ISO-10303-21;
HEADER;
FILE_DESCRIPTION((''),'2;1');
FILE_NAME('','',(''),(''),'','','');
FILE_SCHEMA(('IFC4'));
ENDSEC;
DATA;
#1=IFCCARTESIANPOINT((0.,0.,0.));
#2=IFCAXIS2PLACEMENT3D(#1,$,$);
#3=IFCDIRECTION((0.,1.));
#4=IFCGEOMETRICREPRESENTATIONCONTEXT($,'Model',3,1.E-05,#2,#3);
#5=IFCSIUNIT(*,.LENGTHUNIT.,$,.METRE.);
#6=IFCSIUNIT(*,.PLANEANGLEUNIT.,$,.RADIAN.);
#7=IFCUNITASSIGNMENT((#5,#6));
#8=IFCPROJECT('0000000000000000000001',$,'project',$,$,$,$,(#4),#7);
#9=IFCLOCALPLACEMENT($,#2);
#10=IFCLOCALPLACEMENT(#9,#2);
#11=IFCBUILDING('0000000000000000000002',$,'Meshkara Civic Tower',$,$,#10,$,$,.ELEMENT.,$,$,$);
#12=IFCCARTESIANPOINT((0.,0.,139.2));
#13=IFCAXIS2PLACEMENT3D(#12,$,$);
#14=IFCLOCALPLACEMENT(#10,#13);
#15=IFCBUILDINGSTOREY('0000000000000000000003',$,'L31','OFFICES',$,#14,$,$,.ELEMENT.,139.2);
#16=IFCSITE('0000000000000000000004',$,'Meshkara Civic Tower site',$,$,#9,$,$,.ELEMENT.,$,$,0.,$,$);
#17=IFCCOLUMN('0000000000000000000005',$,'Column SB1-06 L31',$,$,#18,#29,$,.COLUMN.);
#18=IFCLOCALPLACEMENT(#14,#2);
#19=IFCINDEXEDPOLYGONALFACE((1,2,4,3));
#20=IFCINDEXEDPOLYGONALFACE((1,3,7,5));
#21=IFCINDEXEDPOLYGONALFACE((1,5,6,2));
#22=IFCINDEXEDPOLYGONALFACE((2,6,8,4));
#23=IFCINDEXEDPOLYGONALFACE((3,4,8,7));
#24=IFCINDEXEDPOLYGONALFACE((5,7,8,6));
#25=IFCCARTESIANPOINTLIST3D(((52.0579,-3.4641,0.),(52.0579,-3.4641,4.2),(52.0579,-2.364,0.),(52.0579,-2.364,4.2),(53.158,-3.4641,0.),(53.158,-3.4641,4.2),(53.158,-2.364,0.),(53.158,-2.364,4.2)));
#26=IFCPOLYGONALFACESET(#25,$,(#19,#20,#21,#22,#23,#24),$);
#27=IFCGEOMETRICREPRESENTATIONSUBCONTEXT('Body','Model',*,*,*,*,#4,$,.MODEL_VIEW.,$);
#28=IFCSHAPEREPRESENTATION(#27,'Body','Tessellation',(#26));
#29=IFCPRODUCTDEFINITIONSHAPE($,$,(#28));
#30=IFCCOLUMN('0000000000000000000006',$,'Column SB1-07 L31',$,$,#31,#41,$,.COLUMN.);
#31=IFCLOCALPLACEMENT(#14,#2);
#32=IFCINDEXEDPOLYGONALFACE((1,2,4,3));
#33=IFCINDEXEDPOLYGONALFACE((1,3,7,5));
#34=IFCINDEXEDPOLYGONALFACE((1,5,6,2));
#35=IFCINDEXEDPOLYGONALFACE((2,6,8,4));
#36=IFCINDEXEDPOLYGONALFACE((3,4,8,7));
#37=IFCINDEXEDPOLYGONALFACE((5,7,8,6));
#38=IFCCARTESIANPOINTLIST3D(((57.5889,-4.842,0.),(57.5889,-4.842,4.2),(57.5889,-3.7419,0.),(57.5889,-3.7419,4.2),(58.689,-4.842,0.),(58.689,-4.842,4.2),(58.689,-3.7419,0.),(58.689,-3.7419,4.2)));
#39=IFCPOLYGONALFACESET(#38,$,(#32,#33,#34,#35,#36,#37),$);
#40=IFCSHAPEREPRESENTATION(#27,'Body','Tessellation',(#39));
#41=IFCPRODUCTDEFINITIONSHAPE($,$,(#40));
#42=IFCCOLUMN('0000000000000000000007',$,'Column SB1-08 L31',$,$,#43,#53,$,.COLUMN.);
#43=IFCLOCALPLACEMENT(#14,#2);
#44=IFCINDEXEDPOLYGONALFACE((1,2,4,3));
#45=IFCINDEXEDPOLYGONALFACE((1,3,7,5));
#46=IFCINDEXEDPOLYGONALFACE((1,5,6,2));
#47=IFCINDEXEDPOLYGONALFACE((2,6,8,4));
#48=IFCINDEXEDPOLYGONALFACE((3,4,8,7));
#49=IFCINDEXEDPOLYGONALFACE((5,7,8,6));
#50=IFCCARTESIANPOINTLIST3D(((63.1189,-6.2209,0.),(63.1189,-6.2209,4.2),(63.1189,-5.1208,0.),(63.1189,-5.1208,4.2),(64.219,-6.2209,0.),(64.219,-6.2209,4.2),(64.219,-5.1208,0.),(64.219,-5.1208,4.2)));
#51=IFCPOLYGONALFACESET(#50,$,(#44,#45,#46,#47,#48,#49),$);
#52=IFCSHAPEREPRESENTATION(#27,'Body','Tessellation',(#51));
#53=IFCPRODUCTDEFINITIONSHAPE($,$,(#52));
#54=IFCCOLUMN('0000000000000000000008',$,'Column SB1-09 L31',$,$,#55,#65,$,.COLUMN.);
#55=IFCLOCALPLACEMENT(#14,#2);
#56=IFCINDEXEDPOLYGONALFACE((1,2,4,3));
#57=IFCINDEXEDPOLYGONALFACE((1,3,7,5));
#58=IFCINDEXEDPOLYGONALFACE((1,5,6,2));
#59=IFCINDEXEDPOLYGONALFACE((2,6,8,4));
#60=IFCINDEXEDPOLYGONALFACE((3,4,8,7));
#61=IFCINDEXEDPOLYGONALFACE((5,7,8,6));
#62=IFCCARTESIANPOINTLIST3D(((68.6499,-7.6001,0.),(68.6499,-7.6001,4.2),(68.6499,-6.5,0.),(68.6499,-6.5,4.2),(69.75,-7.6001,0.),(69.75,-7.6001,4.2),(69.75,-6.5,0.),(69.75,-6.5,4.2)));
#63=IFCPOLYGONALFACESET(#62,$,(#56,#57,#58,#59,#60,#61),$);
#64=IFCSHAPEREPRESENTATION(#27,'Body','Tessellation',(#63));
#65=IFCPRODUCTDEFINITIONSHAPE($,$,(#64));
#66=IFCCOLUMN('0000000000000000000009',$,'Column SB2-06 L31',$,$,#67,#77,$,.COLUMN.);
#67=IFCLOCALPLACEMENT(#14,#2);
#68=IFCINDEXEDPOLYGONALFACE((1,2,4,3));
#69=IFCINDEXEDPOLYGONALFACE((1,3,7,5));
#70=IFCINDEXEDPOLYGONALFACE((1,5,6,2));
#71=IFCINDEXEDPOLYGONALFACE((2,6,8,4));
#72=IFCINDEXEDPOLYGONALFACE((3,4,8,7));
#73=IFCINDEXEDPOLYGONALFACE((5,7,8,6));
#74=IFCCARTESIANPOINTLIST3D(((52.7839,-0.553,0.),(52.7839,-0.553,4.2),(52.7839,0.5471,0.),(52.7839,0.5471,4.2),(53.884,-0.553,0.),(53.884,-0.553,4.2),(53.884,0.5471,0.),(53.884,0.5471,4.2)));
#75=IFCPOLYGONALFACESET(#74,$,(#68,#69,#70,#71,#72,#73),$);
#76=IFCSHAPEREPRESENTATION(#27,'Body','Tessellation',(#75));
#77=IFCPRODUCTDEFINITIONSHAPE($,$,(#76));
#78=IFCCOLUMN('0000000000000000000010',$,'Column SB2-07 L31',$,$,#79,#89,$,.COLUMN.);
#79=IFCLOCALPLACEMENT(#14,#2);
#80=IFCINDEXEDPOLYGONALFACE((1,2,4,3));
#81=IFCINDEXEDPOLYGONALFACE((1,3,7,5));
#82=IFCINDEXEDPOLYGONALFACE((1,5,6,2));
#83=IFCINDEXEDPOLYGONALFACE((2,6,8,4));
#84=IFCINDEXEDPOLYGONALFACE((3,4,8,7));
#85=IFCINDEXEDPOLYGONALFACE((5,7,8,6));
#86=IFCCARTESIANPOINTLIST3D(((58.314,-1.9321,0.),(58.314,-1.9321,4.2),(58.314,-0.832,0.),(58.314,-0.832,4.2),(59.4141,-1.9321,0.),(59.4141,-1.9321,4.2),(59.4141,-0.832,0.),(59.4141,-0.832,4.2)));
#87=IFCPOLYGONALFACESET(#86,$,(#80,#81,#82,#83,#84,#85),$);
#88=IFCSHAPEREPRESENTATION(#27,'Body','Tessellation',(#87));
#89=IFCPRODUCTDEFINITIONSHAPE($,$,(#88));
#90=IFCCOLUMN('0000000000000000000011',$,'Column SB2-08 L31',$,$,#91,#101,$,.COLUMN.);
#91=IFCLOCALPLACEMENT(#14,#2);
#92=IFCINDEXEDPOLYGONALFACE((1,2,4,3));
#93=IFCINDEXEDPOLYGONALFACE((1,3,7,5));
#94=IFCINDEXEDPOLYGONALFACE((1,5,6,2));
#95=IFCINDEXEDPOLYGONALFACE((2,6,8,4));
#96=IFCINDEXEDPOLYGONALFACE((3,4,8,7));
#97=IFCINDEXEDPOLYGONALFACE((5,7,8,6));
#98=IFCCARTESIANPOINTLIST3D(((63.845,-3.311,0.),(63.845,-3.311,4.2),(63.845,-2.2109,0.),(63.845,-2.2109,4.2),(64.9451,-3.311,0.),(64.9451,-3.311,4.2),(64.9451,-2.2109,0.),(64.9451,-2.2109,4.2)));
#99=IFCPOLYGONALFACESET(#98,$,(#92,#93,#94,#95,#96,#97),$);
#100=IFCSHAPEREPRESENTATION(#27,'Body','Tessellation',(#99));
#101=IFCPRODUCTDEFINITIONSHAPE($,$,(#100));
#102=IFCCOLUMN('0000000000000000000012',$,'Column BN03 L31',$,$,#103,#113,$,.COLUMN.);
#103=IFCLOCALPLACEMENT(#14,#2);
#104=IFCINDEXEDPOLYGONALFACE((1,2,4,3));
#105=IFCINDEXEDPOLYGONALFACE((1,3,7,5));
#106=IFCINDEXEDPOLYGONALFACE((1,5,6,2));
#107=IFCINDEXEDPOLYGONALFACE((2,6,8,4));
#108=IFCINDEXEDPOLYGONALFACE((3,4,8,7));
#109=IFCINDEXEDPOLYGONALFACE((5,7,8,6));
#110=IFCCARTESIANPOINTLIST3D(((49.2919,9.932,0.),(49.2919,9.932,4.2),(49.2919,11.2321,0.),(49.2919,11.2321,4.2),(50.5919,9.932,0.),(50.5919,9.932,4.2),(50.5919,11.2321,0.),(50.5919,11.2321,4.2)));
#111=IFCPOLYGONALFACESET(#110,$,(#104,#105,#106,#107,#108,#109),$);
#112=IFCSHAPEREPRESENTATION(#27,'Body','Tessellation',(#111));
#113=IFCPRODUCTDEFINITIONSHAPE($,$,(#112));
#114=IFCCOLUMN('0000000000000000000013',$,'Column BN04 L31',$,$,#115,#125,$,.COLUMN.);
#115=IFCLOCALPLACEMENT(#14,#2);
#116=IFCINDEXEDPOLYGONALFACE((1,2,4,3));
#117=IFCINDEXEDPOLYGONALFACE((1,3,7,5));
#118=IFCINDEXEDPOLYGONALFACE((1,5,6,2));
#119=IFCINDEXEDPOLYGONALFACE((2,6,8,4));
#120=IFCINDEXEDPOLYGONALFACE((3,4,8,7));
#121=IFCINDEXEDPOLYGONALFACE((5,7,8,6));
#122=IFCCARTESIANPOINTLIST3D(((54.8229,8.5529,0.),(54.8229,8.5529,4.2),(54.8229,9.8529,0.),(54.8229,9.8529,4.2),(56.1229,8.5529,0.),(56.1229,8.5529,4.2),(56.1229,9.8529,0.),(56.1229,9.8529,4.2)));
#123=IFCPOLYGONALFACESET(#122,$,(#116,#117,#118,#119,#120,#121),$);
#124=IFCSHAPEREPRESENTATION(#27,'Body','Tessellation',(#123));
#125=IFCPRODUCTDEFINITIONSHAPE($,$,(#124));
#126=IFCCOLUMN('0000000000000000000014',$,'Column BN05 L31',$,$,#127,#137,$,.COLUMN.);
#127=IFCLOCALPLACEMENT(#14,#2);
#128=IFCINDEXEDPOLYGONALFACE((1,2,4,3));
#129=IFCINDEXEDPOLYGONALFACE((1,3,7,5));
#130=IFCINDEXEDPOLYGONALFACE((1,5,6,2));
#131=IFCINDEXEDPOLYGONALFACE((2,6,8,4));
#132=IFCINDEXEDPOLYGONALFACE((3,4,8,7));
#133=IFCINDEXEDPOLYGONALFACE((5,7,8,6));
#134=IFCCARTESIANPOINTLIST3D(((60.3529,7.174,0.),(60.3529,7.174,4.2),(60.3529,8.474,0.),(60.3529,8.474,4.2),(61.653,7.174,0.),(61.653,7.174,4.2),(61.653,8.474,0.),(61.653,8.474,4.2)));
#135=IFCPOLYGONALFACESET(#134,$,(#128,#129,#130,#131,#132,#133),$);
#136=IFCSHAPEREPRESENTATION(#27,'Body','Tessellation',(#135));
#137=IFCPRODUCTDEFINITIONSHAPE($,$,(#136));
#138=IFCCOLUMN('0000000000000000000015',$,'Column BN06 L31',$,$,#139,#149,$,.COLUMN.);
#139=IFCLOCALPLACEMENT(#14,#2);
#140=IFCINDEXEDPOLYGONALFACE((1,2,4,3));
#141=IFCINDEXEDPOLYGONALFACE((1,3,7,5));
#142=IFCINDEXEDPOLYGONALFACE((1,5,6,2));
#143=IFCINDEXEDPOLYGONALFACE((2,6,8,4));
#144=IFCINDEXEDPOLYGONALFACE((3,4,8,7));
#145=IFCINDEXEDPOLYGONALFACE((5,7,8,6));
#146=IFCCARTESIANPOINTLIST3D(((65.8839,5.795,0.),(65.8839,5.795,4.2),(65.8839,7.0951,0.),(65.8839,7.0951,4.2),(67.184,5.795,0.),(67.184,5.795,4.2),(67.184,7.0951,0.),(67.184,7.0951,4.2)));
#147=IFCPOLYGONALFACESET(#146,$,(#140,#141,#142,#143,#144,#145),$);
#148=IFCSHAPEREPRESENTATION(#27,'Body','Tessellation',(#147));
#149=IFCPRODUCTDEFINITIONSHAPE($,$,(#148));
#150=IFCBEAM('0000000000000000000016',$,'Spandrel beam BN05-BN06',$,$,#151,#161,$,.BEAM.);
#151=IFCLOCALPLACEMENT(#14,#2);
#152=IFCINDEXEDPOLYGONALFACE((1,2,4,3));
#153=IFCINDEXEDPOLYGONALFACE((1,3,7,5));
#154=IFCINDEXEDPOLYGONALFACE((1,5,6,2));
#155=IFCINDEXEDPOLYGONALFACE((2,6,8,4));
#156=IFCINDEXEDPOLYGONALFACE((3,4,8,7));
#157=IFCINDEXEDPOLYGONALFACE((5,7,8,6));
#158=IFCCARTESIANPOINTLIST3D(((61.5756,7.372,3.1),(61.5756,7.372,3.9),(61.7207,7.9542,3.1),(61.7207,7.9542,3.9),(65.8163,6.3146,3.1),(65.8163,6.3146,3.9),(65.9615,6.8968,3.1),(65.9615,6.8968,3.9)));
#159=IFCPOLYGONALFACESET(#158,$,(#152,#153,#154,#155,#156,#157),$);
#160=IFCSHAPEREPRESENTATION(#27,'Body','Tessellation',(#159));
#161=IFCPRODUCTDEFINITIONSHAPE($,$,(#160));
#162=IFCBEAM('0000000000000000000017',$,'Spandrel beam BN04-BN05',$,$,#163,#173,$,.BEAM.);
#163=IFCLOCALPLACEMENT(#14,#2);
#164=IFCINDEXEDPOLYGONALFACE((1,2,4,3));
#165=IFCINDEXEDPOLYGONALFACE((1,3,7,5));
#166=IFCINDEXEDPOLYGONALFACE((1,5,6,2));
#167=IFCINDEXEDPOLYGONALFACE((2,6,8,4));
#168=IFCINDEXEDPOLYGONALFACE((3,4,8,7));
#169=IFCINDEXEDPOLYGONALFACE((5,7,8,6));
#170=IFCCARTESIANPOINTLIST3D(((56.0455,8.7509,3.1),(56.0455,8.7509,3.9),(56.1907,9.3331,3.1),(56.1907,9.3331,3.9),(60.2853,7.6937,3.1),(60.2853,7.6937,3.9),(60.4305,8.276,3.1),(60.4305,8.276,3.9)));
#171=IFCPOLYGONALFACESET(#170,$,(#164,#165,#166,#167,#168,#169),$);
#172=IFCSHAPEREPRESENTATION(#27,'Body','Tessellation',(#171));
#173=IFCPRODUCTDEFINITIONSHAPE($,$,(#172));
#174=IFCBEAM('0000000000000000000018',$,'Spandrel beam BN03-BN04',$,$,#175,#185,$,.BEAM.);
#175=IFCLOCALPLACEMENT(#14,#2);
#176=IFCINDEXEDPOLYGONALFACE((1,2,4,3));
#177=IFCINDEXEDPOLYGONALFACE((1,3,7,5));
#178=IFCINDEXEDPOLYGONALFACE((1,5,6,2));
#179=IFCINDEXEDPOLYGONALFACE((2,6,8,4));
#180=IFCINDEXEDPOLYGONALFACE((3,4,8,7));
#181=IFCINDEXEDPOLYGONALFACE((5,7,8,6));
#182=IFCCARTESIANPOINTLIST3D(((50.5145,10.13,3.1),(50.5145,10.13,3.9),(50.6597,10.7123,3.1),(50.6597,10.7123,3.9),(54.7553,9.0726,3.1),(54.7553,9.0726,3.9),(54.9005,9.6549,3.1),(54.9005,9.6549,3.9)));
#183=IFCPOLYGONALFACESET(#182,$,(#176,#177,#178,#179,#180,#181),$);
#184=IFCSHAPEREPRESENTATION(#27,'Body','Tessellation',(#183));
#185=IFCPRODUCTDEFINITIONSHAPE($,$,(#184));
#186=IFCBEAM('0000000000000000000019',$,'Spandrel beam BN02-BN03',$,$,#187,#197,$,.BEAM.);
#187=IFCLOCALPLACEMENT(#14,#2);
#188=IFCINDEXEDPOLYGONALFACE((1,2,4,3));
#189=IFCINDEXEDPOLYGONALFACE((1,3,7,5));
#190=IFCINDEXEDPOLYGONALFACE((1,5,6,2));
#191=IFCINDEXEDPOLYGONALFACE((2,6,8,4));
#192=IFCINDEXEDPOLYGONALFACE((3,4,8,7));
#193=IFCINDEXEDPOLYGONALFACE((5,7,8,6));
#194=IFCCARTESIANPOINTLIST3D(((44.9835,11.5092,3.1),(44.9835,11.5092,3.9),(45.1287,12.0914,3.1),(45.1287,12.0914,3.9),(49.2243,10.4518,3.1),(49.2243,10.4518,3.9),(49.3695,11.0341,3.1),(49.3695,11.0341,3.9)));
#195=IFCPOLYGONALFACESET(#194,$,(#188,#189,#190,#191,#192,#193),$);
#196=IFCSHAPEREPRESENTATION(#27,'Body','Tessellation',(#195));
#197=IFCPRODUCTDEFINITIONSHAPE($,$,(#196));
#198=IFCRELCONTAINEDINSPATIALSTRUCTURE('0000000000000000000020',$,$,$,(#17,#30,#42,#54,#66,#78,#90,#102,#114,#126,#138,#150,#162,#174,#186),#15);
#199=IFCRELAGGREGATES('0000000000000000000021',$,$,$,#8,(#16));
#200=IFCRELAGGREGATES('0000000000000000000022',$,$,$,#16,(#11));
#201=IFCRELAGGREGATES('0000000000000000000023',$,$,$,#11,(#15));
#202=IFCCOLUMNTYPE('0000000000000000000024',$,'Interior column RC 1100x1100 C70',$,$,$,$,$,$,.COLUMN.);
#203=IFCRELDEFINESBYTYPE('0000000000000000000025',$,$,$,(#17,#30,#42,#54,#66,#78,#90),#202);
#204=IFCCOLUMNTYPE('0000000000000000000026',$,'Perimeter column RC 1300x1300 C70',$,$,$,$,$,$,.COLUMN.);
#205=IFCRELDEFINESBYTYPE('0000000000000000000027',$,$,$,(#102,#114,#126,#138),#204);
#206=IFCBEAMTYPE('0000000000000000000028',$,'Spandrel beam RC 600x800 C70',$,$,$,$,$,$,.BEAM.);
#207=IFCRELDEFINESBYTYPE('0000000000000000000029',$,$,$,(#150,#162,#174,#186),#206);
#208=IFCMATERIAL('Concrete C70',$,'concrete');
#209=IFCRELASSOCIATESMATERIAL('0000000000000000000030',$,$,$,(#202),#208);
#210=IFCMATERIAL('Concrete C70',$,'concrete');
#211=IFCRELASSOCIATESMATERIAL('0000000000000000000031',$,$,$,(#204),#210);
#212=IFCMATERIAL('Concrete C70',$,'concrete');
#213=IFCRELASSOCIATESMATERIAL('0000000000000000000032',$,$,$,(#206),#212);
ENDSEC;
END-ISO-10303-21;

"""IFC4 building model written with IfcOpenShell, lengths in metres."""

from ifc_helpers import new_model, si_unit, direction, frame, origin, origin_2d, place, context, subcontext, project, spatial, rectangle, extrude, material, material_profile, profile_set, type_object, element, save


model = new_model("IFC4")

# Units and contexts
model_context = context("Model", 3, precision=1e-05, world=origin(), true_north=direction((0.0, 1.0)))
body_context = subcontext(model_context, "Body", "Model", "MODEL_VIEW")
ifc_project = project(units=[si_unit("LENGTHUNIT", "METRE"), si_unit("PLANEANGLEUNIT", "RADIAN")], contexts=[model_context])

# Site, building, storey
site_placement = place(None, origin())
site = spatial("IfcSite", under=ifc_project, at=site_placement, Name="Meshkara Civic Tower site", CompositionType="ELEMENT", RefElevation=0.0)
building_placement = place(site_placement, origin())
building = spatial("IfcBuilding", under=site, at=building_placement, Name="Meshkara Civic Tower", CompositionType="ELEMENT")
storey_placement = place(building_placement, frame((0.0, 0.0, 139.2)))
storey = spatial("IfcBuildingStorey", under=building, at=storey_placement, Name="L31", Description="OFFICES", CompositionType="ELEMENT", Elevation=139.2)

# Columns
ifc_material_1 = material(Name="Concrete C70", Category="concrete")
ifc_material_profile_1 = material_profile(ifc_material_1, rectangle(XDim=1.1001, YDim=1.1001, at=origin_2d()))
ifc_profile_set_1 = profile_set([ifc_material_profile_1], Name="Concrete C70")
column_type_1 = type_object("IfcColumnType", Name="Interior column RC 1100x1100 C70", PredefinedType="COLUMN", material=ifc_profile_set_1)
for number, where, z_axis, x_axis, name in (
    (1, (52.6079, -2.9141, 0.0), (0.0, 0.0, 1.0), (1.0, 0.0, 0.0), "Column SB1-06 L31"),
    (2, (58.1389, -4.292, 0.0), (0.0, 0.0, 1.0), (1.0, 0.0, 0.0), "Column SB1-07 L31"),
    (3, (63.6689, -5.6709, 0.0), (0.0, 0.0, 1.0), (1.0, 0.0, 0.0), "Column SB1-08 L31"),
    (4, (69.2, -7.05, 0.0), (0.0, 0.0, 1.0), (1.0, 0.0, 0.0), "Column SB1-09 L31"),
    (5, (53.334, -0.0029, 0.0), (0.0, 0.0, 1.0), (1.0, 0.0, 0.0), "Column SB2-06 L31"),
    (6, (58.864, -1.3821, 0.0), (0.0, 0.0, 1.0), (1.0, 0.0, 0.0), "Column SB2-07 L31"),
    (7, (64.395, -2.761, 0.0), (0.0, 0.0, 1.0), (1.0, 0.0, 0.0), "Column SB2-08 L31"),
):
    element("IfcColumn", number, at=place(storey_placement, frame(where, z_axis=z_axis, x_axis=x_axis)), inside=storey, type_object=column_type_1, Name=name, PredefinedType="COLUMN", context=body_context, shape_type="SweptSolid", body=[
        extrude(rectangle(XDim=1.1001, YDim=1.1001, at=origin_2d()), origin(), (0.0, 0.0, 1.0), 4.2),
    ])
ifc_material_2 = material(Name="Concrete C70", Category="concrete")
ifc_material_profile_2 = material_profile(ifc_material_2, rectangle(XDim=1.3, YDim=1.3, at=origin_2d()))
ifc_profile_set_2 = profile_set([ifc_material_profile_2], Name="Concrete C70")
column_type_2 = type_object("IfcColumnType", Name="Perimeter column RC 1300x1300 C70", PredefinedType="COLUMN", material=ifc_profile_set_2)
for number, where, z_axis, x_axis, name in (
    (8, (49.9419, 10.582, 0.0), (0.0, 0.0, 1.0), (1.0, 0.0, 0.0), "Column BN03 L31"),
    (9, (55.4729, 9.2029, 0.0), (0.0, 0.0, 1.0), (1.0, 0.0, 0.0), "Column BN04 L31"),
    (10, (61.0029, 7.824, 0.0), (0.0, 0.0, 1.0), (1.0, 0.0, 0.0), "Column BN05 L31"),
    (11, (66.5339, 6.4451, 0.0), (0.0, 0.0, 1.0), (1.0, 0.0, 0.0), "Column BN06 L31"),
):
    element("IfcColumn", number, at=place(storey_placement, frame(where, z_axis=z_axis, x_axis=x_axis)), inside=storey, type_object=column_type_2, Name=name, PredefinedType="COLUMN", context=body_context, shape_type="SweptSolid", body=[
        extrude(rectangle(XDim=1.3, YDim=1.3, at=origin_2d()), origin(), (0.0, 0.0, 1.0), 4.2),
    ])

# Beams
ifc_material_3 = material(Name="Concrete C70", Category="concrete")
ifc_material_profile_3 = material_profile(ifc_material_3, rectangle(XDim=0.6001, YDim=0.8, at=origin_2d()))
ifc_profile_set_3 = profile_set([ifc_material_profile_3], Name="Concrete C70")
beam_type = type_object("IfcBeamType", Name="Spandrel beam RC 600x800 C70", PredefinedType="BEAM", material=ifc_profile_set_3)
beam_1_placement = place(storey_placement, frame((65.8889, 6.6057, 3.5), z_axis=(-0.970293, 0.241931, 0.0), x_axis=(-0.241931, -0.970293, 0.0)))
element("IfcBeam", 12, at=beam_1_placement, inside=storey, type_object=beam_type, Name="Spandrel beam BN05-BN06", PredefinedType="BEAM", context=body_context, shape_type="SweptSolid", body=[
    extrude(rectangle(XDim=0.6001, YDim=0.8, at=origin_2d()), origin(), (0.0, 0.0, 1.0), 4.3706),
])
beam_2_placement = place(storey_placement, frame((60.3579, 7.9849, 3.5), z_axis=(-0.970293, 0.241931, 0.0), x_axis=(-0.241931, -0.970293, 0.0)))
element("IfcBeam", 13, at=beam_2_placement, inside=storey, type_object=beam_type, Name="Spandrel beam BN04-BN05", PredefinedType="BEAM", context=body_context, shape_type="SweptSolid", body=[
    extrude(rectangle(XDim=0.6001, YDim=0.8, at=origin_2d()), origin(), (0.0, 0.0, 1.0), 4.3696),
])
for number, where, z_axis, x_axis, name in (
    (14, (54.8279, 9.3638, 3.5), (-0.970293, 0.241931, 0.0), (-0.241931, -0.970293, 0.0), "Spandrel beam BN03-BN04"),
    (15, (49.2969, 10.7429, 3.5), (-0.970293, 0.241931, 0.0), (-0.241931, -0.970293, 0.0), "Spandrel beam BN02-BN03"),
):
    element("IfcBeam", number, at=place(storey_placement, frame(where, z_axis=z_axis, x_axis=x_axis)), inside=storey, type_object=beam_type, Name=name, PredefinedType="BEAM", context=body_context, shape_type="SweptSolid", body=[
        extrude(rectangle(XDim=0.6001, YDim=0.8, at=origin_2d()), origin(), (0.0, 0.0, 1.0), 4.3706),
    ])

save(model, "model.ifc")
